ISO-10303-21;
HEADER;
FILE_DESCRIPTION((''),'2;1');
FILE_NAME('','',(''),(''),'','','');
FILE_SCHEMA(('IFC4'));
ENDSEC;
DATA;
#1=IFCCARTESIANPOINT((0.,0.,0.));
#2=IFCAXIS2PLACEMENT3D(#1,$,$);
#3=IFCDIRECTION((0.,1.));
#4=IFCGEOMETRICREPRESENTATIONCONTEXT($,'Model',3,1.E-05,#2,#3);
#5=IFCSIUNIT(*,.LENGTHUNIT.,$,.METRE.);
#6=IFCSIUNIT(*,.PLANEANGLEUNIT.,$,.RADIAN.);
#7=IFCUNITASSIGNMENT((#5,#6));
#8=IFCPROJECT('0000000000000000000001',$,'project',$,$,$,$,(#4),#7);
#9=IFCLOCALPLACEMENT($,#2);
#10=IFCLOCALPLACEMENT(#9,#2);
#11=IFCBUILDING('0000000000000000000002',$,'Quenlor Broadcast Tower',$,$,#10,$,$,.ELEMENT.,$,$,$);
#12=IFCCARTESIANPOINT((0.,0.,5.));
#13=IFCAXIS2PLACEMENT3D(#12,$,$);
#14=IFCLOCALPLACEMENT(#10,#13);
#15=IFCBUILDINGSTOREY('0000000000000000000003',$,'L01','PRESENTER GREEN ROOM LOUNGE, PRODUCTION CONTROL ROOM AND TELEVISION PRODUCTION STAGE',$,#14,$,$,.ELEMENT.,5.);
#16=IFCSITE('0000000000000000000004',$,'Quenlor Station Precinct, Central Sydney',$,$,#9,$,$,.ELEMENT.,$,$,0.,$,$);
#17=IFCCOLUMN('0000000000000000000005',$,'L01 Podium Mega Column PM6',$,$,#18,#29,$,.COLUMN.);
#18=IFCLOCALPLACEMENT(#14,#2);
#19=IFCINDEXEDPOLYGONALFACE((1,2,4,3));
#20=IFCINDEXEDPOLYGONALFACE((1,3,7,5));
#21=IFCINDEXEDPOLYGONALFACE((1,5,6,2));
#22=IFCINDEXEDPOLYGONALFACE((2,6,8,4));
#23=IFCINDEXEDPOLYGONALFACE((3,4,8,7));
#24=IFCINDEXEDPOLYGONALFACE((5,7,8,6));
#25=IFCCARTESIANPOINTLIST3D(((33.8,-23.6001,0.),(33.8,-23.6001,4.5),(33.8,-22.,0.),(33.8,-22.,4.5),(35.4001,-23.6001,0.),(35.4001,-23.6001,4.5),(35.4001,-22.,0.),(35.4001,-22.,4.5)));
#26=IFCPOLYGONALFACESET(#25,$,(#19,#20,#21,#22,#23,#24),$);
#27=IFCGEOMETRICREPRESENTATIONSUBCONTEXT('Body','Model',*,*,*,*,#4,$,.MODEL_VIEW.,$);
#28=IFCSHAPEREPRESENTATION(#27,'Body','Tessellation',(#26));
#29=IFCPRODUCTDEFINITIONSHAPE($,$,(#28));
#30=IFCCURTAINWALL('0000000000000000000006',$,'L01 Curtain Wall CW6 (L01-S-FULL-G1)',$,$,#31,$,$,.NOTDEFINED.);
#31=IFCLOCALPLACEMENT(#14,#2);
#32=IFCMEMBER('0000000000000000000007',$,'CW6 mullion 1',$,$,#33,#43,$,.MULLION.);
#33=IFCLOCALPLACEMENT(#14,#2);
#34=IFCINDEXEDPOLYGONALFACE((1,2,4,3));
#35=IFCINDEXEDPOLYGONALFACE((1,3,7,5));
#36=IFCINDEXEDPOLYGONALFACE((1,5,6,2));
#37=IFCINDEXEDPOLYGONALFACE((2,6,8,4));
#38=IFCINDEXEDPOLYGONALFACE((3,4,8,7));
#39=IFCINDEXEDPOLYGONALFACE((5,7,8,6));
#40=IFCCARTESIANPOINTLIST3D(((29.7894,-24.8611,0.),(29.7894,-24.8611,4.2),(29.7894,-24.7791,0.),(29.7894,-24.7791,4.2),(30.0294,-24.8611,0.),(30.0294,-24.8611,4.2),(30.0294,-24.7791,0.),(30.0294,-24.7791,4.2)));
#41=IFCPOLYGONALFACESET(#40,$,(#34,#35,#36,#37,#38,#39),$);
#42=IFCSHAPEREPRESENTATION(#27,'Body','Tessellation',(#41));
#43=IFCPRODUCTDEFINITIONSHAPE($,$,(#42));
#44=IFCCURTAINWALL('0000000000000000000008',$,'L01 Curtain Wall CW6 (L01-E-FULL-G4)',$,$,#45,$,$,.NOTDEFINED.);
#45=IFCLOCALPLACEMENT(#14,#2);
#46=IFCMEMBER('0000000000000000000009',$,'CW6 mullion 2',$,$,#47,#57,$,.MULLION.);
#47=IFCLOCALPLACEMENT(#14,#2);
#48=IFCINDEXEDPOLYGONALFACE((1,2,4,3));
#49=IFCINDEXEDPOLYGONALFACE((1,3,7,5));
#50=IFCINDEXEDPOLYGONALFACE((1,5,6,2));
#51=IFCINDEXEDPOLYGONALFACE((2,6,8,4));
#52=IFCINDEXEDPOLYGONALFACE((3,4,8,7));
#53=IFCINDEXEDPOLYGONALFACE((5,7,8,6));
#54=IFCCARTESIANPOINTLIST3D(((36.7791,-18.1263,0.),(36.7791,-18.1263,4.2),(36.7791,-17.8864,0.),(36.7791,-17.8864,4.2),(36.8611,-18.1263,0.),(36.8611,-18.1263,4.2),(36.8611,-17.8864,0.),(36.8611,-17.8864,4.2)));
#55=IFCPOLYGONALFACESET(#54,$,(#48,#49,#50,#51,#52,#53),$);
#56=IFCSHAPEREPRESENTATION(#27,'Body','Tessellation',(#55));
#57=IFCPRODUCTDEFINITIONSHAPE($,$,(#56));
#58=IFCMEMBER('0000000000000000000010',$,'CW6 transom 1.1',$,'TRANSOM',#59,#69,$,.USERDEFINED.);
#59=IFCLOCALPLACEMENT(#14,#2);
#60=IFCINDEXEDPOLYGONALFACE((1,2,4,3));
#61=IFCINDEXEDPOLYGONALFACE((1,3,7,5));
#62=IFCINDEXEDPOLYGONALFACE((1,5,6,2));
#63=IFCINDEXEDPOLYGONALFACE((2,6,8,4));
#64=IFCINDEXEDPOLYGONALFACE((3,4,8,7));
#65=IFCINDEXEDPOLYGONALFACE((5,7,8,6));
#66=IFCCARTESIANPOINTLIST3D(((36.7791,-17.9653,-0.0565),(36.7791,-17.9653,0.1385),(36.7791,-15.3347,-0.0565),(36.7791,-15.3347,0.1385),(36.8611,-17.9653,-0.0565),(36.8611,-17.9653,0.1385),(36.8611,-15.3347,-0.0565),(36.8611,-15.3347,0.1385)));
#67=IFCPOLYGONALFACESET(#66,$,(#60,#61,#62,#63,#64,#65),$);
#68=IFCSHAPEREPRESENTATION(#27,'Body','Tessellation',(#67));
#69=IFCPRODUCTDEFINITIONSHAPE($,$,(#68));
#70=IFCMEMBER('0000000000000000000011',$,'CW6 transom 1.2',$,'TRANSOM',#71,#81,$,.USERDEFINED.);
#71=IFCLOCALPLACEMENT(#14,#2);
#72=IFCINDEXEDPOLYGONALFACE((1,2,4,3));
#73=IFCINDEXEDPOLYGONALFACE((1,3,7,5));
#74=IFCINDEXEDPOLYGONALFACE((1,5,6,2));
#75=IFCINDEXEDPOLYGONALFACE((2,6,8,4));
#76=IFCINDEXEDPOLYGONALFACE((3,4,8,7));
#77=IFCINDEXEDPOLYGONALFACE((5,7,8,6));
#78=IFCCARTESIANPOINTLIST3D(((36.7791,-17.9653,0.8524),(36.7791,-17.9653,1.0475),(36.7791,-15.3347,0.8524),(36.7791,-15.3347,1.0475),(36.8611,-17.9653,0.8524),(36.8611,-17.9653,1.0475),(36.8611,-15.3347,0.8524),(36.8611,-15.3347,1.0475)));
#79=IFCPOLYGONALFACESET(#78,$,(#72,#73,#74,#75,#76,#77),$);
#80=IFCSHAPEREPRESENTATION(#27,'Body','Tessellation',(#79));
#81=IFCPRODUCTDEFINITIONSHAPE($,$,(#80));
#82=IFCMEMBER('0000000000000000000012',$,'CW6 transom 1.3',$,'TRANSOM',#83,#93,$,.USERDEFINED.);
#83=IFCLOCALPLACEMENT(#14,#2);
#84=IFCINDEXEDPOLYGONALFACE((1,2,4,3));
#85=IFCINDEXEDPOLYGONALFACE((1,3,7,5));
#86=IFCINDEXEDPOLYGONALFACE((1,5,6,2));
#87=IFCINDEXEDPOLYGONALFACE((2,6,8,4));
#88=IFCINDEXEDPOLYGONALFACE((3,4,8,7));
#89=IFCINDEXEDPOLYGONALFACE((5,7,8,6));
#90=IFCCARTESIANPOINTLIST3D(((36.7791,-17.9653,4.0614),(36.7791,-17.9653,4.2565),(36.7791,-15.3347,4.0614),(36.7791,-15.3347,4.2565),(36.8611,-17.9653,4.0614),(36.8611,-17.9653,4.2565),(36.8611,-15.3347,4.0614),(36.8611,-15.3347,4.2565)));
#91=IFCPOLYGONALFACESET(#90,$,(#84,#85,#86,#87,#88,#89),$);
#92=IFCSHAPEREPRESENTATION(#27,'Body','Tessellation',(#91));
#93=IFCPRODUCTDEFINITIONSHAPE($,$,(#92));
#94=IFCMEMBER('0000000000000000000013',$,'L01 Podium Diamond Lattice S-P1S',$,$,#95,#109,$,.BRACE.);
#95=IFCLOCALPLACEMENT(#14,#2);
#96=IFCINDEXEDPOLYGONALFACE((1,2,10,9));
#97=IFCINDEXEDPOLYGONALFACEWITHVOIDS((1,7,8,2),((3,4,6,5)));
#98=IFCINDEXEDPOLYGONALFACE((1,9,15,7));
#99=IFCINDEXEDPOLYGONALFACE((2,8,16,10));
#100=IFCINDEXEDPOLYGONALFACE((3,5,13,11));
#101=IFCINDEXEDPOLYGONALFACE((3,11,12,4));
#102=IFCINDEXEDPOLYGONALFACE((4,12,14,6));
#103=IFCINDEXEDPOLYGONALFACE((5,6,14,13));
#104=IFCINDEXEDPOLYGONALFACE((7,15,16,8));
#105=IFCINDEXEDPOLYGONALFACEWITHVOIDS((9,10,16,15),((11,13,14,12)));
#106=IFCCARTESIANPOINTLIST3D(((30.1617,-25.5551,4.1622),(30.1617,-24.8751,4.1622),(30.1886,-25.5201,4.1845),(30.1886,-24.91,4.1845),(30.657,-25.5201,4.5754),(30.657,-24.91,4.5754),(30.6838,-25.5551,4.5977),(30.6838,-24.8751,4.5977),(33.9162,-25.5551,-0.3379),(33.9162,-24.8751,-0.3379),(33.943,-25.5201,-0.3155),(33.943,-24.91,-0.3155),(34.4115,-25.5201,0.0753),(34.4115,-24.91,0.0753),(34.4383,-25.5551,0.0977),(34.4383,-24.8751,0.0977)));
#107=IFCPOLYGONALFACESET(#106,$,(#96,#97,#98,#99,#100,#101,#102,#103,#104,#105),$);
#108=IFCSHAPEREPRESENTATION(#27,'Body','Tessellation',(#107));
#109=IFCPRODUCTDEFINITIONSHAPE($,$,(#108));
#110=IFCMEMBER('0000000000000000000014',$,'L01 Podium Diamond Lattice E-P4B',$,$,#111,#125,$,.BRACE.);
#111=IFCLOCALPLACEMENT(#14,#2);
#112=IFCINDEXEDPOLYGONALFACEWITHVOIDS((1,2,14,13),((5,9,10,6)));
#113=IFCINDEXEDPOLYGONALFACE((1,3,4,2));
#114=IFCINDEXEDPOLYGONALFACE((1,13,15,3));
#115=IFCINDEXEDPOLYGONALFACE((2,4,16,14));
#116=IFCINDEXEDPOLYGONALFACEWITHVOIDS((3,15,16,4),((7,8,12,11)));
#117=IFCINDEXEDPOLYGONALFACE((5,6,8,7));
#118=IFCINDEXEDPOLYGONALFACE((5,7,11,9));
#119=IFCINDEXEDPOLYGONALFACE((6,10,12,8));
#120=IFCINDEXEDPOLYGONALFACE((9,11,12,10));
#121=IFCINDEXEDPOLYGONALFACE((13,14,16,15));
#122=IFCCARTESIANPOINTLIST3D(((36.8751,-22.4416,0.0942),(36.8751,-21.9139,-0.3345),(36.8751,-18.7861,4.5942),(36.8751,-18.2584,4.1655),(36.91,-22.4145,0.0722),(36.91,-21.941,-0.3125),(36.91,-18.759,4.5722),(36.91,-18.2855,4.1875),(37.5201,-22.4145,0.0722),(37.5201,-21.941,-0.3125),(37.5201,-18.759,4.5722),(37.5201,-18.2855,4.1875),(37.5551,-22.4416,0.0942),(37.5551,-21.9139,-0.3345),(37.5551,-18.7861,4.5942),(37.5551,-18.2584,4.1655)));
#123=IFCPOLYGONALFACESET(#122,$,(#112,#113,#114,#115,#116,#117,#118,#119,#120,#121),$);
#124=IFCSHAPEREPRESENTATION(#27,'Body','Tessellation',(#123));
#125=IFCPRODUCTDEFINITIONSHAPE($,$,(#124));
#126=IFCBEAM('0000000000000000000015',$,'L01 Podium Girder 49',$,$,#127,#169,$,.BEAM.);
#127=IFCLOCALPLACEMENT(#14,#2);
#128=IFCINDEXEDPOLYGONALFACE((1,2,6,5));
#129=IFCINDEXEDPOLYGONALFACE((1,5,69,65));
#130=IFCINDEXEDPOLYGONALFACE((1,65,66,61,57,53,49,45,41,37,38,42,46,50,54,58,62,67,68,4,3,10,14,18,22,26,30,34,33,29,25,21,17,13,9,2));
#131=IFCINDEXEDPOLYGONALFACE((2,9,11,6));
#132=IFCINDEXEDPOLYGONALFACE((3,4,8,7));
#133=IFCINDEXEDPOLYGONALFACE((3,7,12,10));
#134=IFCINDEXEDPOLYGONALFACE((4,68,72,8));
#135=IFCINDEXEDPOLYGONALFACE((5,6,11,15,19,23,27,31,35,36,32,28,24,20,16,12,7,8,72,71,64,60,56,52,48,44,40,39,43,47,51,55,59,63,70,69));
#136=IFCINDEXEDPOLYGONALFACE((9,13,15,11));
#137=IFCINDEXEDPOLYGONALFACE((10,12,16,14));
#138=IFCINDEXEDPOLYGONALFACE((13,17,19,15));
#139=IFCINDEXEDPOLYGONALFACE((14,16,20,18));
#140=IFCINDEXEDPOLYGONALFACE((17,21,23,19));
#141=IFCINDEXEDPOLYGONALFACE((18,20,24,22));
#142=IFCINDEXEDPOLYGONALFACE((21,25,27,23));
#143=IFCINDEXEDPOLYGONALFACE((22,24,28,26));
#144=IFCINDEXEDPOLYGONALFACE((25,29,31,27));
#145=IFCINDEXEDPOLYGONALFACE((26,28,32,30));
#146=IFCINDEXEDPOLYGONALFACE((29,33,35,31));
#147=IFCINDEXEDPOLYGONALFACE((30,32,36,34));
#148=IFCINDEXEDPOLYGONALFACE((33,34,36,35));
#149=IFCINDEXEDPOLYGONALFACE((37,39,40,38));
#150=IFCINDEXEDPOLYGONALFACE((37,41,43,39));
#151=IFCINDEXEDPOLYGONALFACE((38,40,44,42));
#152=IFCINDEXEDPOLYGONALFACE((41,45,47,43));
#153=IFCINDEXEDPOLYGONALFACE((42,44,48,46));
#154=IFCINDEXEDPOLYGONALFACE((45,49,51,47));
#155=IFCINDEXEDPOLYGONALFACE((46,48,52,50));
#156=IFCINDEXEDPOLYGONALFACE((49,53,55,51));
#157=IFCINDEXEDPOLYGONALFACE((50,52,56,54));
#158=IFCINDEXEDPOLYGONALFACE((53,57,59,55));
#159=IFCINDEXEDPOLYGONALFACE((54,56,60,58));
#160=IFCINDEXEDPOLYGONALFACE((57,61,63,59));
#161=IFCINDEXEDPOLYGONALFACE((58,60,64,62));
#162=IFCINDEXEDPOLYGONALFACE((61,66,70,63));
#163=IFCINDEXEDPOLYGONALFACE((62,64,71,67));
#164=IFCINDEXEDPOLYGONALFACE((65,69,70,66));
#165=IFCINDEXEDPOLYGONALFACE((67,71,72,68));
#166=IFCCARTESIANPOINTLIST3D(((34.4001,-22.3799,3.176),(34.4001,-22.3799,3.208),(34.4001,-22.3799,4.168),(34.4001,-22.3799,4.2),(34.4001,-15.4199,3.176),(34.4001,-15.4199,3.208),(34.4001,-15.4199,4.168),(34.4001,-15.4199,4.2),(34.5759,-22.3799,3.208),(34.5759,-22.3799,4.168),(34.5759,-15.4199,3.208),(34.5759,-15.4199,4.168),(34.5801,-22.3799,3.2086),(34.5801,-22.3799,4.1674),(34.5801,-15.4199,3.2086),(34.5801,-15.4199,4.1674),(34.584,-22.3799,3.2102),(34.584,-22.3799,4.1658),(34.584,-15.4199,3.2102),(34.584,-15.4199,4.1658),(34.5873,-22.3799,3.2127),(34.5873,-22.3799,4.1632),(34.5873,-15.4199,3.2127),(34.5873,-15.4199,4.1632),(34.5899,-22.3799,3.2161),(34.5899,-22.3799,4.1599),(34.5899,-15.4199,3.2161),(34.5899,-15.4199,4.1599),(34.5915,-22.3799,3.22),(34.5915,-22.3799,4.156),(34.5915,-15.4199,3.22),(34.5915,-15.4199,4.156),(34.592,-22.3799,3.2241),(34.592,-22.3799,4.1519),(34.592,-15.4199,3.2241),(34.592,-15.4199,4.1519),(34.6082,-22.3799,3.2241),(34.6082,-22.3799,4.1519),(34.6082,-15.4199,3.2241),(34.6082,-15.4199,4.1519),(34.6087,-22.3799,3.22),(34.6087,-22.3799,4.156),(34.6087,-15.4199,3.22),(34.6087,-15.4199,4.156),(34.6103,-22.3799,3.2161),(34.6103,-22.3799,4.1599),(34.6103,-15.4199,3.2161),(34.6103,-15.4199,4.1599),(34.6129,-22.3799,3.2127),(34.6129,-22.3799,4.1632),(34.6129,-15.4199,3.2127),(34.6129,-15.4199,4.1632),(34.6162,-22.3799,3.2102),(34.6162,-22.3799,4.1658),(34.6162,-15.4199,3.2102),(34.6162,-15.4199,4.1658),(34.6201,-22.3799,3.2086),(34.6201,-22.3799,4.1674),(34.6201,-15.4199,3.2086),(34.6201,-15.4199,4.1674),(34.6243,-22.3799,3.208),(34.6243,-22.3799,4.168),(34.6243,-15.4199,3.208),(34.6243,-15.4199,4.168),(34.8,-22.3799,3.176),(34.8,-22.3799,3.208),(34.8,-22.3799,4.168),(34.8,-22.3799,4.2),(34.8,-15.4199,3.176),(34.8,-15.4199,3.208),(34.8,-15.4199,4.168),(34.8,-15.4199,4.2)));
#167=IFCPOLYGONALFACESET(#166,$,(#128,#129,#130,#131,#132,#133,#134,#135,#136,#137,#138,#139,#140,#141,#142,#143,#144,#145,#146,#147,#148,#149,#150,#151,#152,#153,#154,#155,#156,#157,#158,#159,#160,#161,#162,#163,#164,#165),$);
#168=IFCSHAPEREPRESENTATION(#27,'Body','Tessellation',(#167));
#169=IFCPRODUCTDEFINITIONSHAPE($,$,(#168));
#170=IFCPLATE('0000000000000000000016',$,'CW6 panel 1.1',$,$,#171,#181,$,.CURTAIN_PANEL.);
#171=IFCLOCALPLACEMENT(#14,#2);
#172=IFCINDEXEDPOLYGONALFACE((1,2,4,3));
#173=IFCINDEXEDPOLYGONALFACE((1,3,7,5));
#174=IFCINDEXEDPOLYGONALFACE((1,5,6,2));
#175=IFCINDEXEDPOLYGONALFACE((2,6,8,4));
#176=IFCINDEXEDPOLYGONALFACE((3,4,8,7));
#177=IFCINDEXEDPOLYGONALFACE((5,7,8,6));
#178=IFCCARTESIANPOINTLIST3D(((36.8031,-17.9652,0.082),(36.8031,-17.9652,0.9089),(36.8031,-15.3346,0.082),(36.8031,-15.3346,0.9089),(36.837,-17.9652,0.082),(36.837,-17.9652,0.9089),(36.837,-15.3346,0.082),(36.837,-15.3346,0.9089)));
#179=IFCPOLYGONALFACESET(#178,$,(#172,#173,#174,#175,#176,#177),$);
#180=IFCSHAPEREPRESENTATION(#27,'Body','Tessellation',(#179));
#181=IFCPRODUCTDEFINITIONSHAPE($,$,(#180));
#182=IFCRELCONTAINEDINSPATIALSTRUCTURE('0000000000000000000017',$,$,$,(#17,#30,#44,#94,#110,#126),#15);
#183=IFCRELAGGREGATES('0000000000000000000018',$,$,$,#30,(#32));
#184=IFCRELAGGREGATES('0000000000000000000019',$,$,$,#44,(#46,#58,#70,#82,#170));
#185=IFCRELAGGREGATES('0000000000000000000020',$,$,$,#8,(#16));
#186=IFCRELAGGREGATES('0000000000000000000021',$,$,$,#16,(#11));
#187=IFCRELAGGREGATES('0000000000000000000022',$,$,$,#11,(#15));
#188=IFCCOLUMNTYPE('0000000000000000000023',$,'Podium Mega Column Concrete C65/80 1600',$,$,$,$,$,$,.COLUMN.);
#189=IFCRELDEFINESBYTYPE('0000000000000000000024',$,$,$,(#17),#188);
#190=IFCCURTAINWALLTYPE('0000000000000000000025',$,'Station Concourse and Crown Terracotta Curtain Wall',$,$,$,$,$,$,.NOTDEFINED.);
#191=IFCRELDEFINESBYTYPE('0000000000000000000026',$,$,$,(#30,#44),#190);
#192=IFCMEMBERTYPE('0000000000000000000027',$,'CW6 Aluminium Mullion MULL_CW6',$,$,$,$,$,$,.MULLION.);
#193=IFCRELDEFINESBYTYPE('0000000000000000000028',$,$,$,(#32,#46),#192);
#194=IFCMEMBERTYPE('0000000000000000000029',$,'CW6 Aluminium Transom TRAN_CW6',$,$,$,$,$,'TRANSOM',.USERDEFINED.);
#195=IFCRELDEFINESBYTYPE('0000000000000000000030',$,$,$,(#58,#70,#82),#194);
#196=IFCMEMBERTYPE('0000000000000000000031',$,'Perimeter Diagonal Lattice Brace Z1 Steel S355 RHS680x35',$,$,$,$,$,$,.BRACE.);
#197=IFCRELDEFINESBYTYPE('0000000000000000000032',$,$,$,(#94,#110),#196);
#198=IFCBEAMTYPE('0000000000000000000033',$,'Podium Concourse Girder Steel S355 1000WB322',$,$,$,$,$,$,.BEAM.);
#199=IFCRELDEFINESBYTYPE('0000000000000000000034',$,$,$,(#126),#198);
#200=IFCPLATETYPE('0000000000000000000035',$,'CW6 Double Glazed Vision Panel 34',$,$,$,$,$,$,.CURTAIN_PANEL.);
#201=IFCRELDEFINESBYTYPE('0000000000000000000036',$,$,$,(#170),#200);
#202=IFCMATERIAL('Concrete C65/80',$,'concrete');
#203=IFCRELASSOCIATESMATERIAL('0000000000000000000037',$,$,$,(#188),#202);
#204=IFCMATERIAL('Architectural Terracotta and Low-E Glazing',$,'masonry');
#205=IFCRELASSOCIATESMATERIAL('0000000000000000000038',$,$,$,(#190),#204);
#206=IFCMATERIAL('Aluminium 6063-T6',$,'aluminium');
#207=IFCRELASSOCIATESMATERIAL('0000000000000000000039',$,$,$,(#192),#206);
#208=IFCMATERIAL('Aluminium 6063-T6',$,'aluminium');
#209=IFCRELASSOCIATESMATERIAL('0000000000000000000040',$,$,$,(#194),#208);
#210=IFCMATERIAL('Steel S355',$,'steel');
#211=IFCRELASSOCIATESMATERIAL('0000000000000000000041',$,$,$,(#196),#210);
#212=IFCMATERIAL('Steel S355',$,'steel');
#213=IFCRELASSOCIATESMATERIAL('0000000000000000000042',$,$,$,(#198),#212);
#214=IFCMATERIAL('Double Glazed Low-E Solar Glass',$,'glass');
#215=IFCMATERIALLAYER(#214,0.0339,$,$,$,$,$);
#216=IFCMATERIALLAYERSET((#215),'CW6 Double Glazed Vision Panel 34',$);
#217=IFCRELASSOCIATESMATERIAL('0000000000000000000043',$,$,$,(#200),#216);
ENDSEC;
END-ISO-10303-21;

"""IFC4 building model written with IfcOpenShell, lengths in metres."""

from ifc_helpers import new_model, si_unit, direction, frame, origin, origin_2d, place, context, subcontext, project, spatial, rectangle, hollow_rectangle, i_section, extrude, material, layer, layer_set, material_profile, profile_set, type_object, element, aggregate, save


model = new_model("IFC4")

# Units and contexts
model_context = context("Model", 3, precision=1e-05, world=origin(), true_north=direction((0.0, 1.0)))
body_context = subcontext(model_context, "Body", "Model", "MODEL_VIEW")
ifc_project = project(units=[si_unit("LENGTHUNIT", "METRE"), si_unit("PLANEANGLEUNIT", "RADIAN")], contexts=[model_context])

# Site, building, storey
site_placement = place(None, origin())
site = spatial("IfcSite", under=ifc_project, at=site_placement, Name="Quenlor Station Precinct, Central Sydney", CompositionType="ELEMENT", RefElevation=0.0)
building_placement = place(site_placement, origin())
building = spatial("IfcBuilding", under=site, at=building_placement, Name="Quenlor Broadcast Tower", CompositionType="ELEMENT")
storey_placement = place(building_placement, frame((0.0, 0.0, 5.0)))
storey = spatial("IfcBuildingStorey", under=building, at=storey_placement, Name="L01", Description="PRESENTER GREEN ROOM LOUNGE, PRODUCTION CONTROL ROOM AND TELEVISION PRODUCTION STAGE", CompositionType="ELEMENT", Elevation=5.0)

# Column
ifc_material_1 = material(Name="Concrete C65/80", Category="concrete")
ifc_material_profile_1 = material_profile(ifc_material_1, rectangle(XDim=1.6001, YDim=1.6001, at=origin_2d()))
ifc_profile_set_1 = profile_set([ifc_material_profile_1], Name="Concrete C65/80 RC1600x1600")
column_type = type_object("IfcColumnType", Name="Podium Mega Column Concrete C65/80 1600", PredefinedType="COLUMN", material=ifc_profile_set_1)
column_placement = place(storey_placement, frame((34.6001, -22.8, 0.0), z_axis=(0.0, 0.0, 1.0), x_axis=(1.0, 0.0, 0.0)))
element("IfcColumn", 1, at=column_placement, inside=storey, type_object=column_type, Name="L01 Podium Mega Column PM6", PredefinedType="COLUMN", context=body_context, shape_type="SweptSolid", body=[
    extrude(rectangle(XDim=1.6001, YDim=1.6001, at=origin_2d()), origin(), (0.0, 0.0, 1.0), 4.5),
])

# Curtain wall, member
ifc_material_2 = material(Name="Architectural Terracotta and Low-E Glazing", Category="masonry")
curtain_wall_type = type_object("IfcCurtainWallType", Name="Station Concourse and Crown Terracotta Curtain Wall", PredefinedType="NOTDEFINED", material=ifc_material_2)
curtain_wall_1_placement = place(storey_placement, origin())
curtain_wall_1 = element("IfcCurtainWall", 2, at=curtain_wall_1_placement, inside=storey, type_object=curtain_wall_type, Name="L01 Curtain Wall CW6 (L01-S-FULL-G1)", PredefinedType="NOTDEFINED")
ifc_material_3 = material(Name="Aluminium 6063-T6", Category="aluminium")
ifc_material_profile_2 = material_profile(ifc_material_3, rectangle(XDim=0.082, YDim=0.24, at=origin_2d()))
ifc_profile_set_2 = profile_set([ifc_material_profile_2], Name="Aluminium 6063-T6 MULL82x240")
member_type_1 = type_object("IfcMemberType", Name="CW6 Aluminium Mullion MULL_CW6", PredefinedType="MULLION", material=ifc_profile_set_2)
member_1_placement = place(storey_placement, frame((29.9094, -24.8201, 0.0), z_axis=(0.0, 0.0, 1.0), x_axis=(0.0, -1.0, 0.0)))
member_1 = element("IfcMember", 3, at=member_1_placement, type_object=member_type_1, Name="CW6 mullion 1", PredefinedType="MULLION", context=body_context, shape_type="SweptSolid", body=[
    extrude(rectangle(XDim=0.082, YDim=0.24, at=origin_2d()), origin(), (0.0, 0.0, 1.0), 4.2),
])
aggregate(curtain_wall_1, [member_1])

# Curtain wall, members
curtain_wall_2_placement = place(storey_placement, origin())
curtain_wall_2 = element("IfcCurtainWall", 4, at=curtain_wall_2_placement, inside=storey, type_object=curtain_wall_type, Name="L01 Curtain Wall CW6 (L01-E-FULL-G4)", PredefinedType="NOTDEFINED")
member_2_placement = place(storey_placement, frame((36.8201, -18.0063, 0.0), z_axis=(0.0, 0.0, 1.0), x_axis=(1.0, 0.0, 0.0)))
member_2 = element("IfcMember", 5, at=member_2_placement, type_object=member_type_1, Name="CW6 mullion 2", PredefinedType="MULLION", context=body_context, shape_type="SweptSolid", body=[
    extrude(rectangle(XDim=0.082, YDim=0.24, at=origin_2d()), origin(), (0.0, 0.0, 1.0), 4.2),
])
ifc_material_4 = material(Name="Aluminium 6063-T6", Category="aluminium")
ifc_material_profile_3 = material_profile(ifc_material_4, rectangle(XDim=0.082, YDim=0.1951, at=origin_2d()))
ifc_profile_set_3 = profile_set([ifc_material_profile_3], Name="Aluminium 6063-T6 TRAN82x195")
member_type_2 = type_object("IfcMemberType", Name="CW6 Aluminium Transom TRAN_CW6", ElementType="TRANSOM", PredefinedType="USERDEFINED", material=ifc_profile_set_3)
member_3_placement = place(storey_placement, frame((36.8201, -15.3347, 0.041), z_axis=(0.0, -1.0, 0.0), x_axis=(1.0, 0.0, 0.0)))
member_3 = element("IfcMember", 6, at=member_3_placement, type_object=member_type_2, Name="CW6 transom 1.1", ObjectType="TRANSOM", PredefinedType="USERDEFINED", context=body_context, shape_type="SweptSolid", body=[
    extrude(rectangle(XDim=0.082, YDim=0.1951, at=origin_2d()), origin(), (0.0, 0.0, 1.0), 2.6306),
])
member_4_placement = place(storey_placement, frame((36.8201, -15.3347, 0.95), z_axis=(0.0, -1.0, 0.0), x_axis=(1.0, 0.0, 0.0)))
member_4 = element("IfcMember", 7, at=member_4_placement, type_object=member_type_2, Name="CW6 transom 1.2", ObjectType="TRANSOM", PredefinedType="USERDEFINED", context=body_context, shape_type="SweptSolid", body=[
    extrude(rectangle(XDim=0.082, YDim=0.1951, at=origin_2d()), origin(), (0.0, 0.0, 1.0), 2.6306),
])
member_5_placement = place(storey_placement, frame((36.8201, -15.3347, 4.1589), z_axis=(0.0, -1.0, 0.0), x_axis=(1.0, 0.0, 0.0)))
member_5 = element("IfcMember", 8, at=member_5_placement, type_object=member_type_2, Name="CW6 transom 1.3", ObjectType="TRANSOM", PredefinedType="USERDEFINED", context=body_context, shape_type="SweptSolid", body=[
    extrude(rectangle(XDim=0.082, YDim=0.1951, at=origin_2d()), origin(), (0.0, 0.0, 1.0), 2.6306),
])

# Members
ifc_material_5 = material(Name="Steel S355", Category="steel")
ifc_material_profile_4 = material_profile(ifc_material_5, hollow_rectangle(XDim=0.6799, YDim=0.6799, WallThickness=0.0349, at=origin_2d()))
ifc_profile_set_4 = profile_set([ifc_material_profile_4], Name="Steel S355 RHS680x680x35")
member_type_3 = type_object("IfcMemberType", Name="Perimeter Diagonal Lattice Brace Z1 Steel S355 RHS680x35", PredefinedType="BRACE", material=ifc_profile_set_4)
member_6_placement = place(storey_placement, frame((34.1772, -25.2151, -0.1201), z_axis=(-0.640627, 0.0, 0.767852), x_axis=(0.0, -1.0, 0.0)))
element("IfcMember", 9, at=member_6_placement, inside=storey, type_object=member_type_3, Name="L01 Podium Diamond Lattice S-P1S", PredefinedType="BRACE", context=body_context, shape_type="SweptSolid", body=[
    extrude(hollow_rectangle(XDim=0.6799, YDim=0.6799, WallThickness=0.0349, at=origin_2d()), origin(), (0.0, 0.0, 1.0), 5.8606),
])
member_7_placement = place(storey_placement, frame((37.2151, -22.1777, -0.1201), z_axis=(0.0, 0.630517, 0.776176), x_axis=(-1.0, 0.0, 0.0)))
element("IfcMember", 10, at=member_7_placement, inside=storey, type_object=member_type_3, Name="L01 Podium Diamond Lattice E-P4B", PredefinedType="BRACE", context=body_context, shape_type="SweptSolid", body=[
    extrude(hollow_rectangle(XDim=0.6799, YDim=0.6799, WallThickness=0.0349, at=origin_2d()), origin(), (0.0, 0.0, 1.0), 5.7976),
])

# Beam
ifc_material_6 = material(Name="Steel S355", Category="steel")
ifc_material_profile_5 = material_profile(ifc_material_6, i_section(OverallWidth=0.3999, OverallDepth=1.0239, WebThickness=0.0161, FlangeThickness=0.032, FilletRadius=0.0161, at=origin_2d()))
ifc_profile_set_5 = profile_set([ifc_material_profile_5], Name="Steel S355 1000WB322")
beam_type = type_object("IfcBeamType", Name="Podium Concourse Girder Steel S355 1000WB322", PredefinedType="BEAM", material=ifc_profile_set_5)
beam_placement = place(storey_placement, frame((34.6001, -22.3799, 3.688), z_axis=(0.0, 1.0, 0.0), x_axis=(-1.0, 0.0, 0.0)))
element("IfcBeam", 11, at=beam_placement, inside=storey, type_object=beam_type, Name="L01 Podium Girder 49", PredefinedType="BEAM", context=body_context, shape_type="SweptSolid", body=[
    extrude(i_section(OverallWidth=0.3999, OverallDepth=1.0239, WebThickness=0.0161, FlangeThickness=0.032, FilletRadius=0.0161, at=origin_2d()), origin(), (0.0, 0.0, 1.0), 6.96),
])

# Plate
ifc_material_7 = material(Name="Double Glazed Low-E Solar Glass", Category="glass")
ifc_layer_1 = layer(ifc_material_7, 0.0339)
ifc_layer_set_1 = layer_set([ifc_layer_1], Name="CW6 Double Glazed Vision Panel 34")
plate_type_1 = type_object("IfcPlateType", Name="CW6 Double Glazed Vision Panel 34", PredefinedType="CURTAIN_PANEL", material=ifc_layer_set_1)
plate_1_placement = place(storey_placement, frame((36.8201, -16.6499, 0.082), z_axis=(0.0, 0.0, 1.0), x_axis=(0.0, -1.0, 0.0)))
plate_1 = element("IfcPlate", 12, at=plate_1_placement, type_object=plate_type_1, Name="CW6 panel 1.1", PredefinedType="CURTAIN_PANEL", context=body_context, shape_type="SweptSolid", body=[
    extrude(rectangle(XDim=2.6306, YDim=0.0339, at=origin_2d()), origin(), (0.0, 0.0, 1.0), 0.8269),
])
aggregate(curtain_wall_2, [member_2, member_3, member_4, member_5, plate_1])

save(model, "model.ifc")
